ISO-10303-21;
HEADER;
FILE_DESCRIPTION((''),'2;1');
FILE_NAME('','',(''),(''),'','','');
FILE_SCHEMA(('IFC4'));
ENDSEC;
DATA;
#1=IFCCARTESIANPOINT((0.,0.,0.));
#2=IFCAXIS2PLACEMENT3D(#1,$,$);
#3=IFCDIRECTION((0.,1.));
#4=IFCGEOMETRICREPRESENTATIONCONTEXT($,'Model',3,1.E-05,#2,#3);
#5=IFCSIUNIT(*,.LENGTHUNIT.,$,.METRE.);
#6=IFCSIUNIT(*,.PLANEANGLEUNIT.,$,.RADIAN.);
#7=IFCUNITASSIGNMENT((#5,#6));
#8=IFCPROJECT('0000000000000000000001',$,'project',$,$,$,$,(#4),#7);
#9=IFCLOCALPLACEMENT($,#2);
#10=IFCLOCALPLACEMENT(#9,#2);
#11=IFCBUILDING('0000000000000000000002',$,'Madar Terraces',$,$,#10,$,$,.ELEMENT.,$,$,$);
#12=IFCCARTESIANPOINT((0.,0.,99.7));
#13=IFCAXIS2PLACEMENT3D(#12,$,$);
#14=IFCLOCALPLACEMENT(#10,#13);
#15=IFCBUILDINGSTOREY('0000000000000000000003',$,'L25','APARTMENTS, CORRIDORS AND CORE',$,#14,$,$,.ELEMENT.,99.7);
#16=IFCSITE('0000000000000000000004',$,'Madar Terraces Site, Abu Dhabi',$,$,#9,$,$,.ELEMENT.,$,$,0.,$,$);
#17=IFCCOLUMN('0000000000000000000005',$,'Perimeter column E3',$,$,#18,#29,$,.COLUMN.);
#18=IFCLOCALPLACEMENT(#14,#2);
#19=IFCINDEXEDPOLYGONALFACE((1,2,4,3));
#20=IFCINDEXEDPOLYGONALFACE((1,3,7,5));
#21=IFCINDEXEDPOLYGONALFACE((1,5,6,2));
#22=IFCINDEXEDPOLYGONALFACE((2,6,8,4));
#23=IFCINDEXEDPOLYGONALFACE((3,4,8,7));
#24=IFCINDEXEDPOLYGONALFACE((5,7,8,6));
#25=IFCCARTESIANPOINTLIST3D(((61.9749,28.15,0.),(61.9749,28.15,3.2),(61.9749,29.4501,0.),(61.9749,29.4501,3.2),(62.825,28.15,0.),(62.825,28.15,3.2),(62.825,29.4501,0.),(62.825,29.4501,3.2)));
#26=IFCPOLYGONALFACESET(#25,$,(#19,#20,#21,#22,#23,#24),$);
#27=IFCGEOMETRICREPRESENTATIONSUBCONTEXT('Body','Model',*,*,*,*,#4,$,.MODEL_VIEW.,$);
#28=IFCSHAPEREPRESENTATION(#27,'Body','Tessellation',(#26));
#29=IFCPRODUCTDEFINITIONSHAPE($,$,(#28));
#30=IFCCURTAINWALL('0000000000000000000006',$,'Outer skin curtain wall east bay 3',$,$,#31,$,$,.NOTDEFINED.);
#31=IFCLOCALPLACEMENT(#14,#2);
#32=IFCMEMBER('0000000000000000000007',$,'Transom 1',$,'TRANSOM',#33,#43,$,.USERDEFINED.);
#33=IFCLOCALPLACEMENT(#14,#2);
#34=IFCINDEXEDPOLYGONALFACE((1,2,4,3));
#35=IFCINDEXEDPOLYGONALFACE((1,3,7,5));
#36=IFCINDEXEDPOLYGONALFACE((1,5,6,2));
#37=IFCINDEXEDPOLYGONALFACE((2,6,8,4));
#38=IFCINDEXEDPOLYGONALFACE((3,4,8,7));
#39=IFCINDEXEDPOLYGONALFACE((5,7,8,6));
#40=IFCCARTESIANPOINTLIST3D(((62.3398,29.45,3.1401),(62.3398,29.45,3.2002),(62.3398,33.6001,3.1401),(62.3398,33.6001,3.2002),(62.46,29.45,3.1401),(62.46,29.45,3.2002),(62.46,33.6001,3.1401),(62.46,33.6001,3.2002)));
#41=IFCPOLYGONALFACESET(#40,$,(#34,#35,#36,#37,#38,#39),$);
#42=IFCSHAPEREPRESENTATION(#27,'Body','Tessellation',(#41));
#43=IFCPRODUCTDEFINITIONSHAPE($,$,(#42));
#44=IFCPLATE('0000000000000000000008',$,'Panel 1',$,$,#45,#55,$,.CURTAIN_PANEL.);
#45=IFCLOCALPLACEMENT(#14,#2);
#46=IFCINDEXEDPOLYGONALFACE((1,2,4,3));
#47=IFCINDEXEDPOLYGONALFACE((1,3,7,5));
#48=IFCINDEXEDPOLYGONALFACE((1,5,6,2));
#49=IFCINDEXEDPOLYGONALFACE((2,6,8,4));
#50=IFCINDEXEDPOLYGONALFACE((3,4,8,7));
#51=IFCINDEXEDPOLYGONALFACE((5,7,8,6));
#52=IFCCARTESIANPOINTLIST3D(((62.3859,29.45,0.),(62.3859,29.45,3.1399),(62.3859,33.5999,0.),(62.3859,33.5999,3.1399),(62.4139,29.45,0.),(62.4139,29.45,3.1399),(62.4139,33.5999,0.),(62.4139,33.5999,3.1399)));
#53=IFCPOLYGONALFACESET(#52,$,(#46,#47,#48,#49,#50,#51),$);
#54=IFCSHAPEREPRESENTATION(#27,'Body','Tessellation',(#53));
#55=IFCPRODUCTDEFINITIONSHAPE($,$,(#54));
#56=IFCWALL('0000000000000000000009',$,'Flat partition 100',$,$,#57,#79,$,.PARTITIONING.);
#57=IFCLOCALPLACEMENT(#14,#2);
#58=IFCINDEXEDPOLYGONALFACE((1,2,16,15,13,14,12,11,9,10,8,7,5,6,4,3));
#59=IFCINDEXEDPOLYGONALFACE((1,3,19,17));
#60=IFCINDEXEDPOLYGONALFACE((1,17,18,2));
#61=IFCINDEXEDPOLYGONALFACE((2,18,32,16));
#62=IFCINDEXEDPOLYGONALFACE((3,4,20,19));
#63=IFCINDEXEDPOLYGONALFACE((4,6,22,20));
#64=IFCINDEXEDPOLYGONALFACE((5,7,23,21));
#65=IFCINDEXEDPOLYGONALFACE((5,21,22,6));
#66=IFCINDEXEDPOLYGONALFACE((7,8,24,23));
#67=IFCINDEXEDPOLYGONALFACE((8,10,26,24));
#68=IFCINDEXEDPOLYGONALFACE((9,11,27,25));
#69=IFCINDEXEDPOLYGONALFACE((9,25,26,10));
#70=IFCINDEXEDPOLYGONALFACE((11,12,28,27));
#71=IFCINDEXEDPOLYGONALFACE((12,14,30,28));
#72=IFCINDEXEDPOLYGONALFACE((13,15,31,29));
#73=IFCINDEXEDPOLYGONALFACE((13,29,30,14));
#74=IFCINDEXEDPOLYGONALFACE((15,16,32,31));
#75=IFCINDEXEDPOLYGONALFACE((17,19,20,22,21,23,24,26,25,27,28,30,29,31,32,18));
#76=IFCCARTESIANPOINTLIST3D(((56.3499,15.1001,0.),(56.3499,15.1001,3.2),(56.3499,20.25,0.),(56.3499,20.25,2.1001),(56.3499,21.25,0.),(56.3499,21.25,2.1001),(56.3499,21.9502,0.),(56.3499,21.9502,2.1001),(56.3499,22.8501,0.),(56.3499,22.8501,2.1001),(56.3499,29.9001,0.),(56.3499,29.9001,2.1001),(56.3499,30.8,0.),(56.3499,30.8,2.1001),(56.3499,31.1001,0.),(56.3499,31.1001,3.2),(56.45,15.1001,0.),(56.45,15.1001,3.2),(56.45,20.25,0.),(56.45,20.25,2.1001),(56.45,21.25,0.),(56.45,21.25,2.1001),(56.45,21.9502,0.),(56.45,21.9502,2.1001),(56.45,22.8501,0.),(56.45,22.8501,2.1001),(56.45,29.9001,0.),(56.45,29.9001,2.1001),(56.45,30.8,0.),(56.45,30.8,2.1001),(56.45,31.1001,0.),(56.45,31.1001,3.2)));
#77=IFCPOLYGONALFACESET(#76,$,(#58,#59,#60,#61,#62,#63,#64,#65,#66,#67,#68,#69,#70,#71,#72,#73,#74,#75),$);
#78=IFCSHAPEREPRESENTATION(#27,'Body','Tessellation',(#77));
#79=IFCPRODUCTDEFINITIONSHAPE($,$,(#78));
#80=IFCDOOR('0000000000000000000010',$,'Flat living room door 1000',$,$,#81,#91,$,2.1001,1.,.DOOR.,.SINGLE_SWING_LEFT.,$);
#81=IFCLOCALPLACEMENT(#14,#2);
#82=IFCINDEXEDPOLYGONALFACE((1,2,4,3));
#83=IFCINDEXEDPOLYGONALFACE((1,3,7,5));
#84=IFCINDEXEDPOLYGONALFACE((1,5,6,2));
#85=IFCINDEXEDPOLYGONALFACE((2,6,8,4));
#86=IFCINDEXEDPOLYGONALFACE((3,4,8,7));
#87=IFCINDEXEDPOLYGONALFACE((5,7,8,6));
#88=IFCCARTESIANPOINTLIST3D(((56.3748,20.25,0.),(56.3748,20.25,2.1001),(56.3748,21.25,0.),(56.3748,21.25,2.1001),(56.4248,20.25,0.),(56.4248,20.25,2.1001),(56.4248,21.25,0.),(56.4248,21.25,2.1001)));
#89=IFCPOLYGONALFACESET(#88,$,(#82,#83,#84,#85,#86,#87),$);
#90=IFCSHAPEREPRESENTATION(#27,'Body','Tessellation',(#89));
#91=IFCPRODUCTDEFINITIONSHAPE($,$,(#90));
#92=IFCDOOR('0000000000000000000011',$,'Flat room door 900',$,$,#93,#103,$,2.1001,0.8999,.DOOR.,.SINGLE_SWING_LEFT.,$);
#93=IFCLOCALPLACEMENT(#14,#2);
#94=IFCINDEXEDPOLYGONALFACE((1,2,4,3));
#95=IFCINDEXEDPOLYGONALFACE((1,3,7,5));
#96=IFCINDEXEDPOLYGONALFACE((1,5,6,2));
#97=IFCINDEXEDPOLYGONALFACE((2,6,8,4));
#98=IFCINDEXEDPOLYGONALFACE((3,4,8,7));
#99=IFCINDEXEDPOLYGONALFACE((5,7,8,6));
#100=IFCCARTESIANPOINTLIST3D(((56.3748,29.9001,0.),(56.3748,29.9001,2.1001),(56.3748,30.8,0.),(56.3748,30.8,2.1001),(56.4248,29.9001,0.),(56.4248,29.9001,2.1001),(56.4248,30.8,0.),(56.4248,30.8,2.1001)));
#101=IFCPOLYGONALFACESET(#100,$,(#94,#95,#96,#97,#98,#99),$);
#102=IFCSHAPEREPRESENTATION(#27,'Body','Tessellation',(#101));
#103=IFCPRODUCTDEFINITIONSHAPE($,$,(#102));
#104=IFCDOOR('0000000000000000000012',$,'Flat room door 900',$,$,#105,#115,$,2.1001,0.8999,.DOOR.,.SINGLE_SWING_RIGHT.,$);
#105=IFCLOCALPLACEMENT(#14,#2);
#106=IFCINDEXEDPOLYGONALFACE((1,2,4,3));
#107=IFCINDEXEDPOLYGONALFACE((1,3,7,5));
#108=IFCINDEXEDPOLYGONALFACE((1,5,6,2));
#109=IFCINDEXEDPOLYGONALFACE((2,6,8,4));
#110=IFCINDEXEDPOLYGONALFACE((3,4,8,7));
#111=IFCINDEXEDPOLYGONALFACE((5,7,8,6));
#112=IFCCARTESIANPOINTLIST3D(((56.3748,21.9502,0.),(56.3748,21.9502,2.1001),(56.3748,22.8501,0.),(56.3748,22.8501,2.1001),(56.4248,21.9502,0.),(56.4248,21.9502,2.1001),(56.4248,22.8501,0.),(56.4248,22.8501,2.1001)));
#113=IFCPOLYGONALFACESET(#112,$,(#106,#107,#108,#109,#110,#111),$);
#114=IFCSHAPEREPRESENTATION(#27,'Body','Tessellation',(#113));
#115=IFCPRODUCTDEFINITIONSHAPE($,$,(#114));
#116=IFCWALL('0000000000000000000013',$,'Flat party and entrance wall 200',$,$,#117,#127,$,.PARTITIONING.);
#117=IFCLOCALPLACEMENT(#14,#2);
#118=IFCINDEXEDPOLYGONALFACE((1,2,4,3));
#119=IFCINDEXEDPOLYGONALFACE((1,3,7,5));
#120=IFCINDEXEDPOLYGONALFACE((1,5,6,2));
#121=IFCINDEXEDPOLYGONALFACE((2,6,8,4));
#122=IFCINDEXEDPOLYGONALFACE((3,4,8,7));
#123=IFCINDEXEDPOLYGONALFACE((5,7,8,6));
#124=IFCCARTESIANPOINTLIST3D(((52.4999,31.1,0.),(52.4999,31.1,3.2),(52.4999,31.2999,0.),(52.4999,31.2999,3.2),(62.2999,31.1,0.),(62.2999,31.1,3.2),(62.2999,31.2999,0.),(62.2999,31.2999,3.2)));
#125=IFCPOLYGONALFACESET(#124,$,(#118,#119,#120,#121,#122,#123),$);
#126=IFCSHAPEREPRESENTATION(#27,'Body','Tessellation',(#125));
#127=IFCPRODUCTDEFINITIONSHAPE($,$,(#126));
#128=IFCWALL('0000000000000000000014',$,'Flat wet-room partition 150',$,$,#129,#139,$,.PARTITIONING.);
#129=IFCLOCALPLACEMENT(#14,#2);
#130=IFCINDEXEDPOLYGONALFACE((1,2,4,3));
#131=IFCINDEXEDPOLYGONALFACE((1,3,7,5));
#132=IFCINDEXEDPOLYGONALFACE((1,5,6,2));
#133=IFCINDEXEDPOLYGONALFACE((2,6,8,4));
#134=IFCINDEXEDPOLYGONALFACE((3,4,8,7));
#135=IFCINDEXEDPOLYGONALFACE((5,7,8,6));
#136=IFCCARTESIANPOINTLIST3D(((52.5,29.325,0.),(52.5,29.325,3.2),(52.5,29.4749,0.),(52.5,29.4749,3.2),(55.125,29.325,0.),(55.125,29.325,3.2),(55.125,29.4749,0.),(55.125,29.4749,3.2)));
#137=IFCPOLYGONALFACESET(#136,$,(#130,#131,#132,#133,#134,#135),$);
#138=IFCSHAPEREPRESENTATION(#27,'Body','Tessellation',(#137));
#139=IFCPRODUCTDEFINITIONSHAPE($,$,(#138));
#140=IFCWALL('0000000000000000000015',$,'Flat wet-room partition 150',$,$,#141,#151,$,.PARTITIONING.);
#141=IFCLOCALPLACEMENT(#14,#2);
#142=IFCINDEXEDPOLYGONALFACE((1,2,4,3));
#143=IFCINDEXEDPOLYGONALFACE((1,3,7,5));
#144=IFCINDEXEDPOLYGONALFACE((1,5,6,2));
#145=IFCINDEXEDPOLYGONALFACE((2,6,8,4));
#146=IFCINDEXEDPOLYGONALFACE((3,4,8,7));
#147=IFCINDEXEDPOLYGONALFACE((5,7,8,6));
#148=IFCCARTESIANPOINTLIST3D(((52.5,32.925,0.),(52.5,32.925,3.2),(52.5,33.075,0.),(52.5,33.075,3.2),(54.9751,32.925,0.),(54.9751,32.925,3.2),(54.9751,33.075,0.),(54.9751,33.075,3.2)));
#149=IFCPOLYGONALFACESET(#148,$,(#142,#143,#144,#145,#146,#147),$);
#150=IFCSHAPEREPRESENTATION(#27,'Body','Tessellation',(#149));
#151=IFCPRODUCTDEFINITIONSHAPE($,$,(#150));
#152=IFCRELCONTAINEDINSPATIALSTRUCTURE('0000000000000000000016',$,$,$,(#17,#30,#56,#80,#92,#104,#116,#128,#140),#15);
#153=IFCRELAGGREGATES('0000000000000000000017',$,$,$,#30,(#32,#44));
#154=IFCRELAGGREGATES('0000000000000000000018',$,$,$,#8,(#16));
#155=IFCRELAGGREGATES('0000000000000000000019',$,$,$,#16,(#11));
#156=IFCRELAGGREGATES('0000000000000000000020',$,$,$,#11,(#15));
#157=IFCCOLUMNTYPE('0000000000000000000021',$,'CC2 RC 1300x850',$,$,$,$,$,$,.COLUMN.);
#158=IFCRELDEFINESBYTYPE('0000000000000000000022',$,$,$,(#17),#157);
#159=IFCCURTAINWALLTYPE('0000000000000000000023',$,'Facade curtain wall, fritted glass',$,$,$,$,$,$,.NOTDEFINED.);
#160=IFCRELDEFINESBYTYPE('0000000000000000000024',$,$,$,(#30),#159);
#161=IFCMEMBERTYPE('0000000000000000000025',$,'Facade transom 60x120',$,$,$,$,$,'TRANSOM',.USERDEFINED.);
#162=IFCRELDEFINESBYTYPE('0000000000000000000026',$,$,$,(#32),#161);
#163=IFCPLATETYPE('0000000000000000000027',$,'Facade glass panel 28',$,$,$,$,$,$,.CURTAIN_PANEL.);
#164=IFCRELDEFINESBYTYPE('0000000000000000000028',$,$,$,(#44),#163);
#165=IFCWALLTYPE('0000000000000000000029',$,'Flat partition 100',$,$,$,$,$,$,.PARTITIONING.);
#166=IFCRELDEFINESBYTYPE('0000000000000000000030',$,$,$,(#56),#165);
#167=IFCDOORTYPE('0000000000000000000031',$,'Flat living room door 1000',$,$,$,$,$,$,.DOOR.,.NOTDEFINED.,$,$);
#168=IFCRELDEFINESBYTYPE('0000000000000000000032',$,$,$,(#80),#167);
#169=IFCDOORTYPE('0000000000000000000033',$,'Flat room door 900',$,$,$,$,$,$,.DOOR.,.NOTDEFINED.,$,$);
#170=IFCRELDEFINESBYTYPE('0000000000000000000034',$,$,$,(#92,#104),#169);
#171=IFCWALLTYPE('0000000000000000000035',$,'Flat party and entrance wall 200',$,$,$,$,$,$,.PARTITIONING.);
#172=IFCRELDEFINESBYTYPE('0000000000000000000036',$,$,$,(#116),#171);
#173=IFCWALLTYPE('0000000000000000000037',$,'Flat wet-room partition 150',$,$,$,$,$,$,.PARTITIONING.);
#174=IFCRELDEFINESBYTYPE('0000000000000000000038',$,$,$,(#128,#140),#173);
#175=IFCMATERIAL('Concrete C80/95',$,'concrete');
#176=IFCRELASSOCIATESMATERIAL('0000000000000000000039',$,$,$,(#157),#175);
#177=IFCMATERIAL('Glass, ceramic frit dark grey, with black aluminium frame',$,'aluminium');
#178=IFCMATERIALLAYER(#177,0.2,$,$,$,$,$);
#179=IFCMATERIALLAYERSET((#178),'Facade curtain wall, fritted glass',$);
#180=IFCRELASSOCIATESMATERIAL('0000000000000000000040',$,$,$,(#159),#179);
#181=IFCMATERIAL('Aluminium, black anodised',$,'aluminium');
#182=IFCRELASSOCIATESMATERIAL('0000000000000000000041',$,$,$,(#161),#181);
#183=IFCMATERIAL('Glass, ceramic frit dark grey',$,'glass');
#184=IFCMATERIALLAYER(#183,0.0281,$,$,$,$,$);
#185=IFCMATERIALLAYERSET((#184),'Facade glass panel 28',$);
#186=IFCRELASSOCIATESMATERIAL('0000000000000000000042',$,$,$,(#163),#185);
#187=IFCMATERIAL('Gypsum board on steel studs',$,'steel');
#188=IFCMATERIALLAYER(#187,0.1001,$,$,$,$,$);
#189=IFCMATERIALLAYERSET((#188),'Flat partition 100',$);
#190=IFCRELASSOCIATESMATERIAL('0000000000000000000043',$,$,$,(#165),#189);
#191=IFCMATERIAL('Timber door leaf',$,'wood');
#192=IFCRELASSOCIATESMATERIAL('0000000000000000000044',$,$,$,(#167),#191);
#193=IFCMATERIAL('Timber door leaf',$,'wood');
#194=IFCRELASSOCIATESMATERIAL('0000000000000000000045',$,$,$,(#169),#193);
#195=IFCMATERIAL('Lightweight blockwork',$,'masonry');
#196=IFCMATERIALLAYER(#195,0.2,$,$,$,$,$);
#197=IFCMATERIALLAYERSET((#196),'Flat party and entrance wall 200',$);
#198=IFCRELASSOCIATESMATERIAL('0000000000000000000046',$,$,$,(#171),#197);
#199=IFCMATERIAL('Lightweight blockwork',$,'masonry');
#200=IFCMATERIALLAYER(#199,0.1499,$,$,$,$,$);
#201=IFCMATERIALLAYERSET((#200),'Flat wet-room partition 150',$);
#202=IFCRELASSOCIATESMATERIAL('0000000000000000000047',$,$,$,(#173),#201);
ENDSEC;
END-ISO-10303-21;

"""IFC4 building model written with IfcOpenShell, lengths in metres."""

from ifc_helpers import new_model, si_unit, direction, frame, frame_2d, origin, origin_2d, place, context, subcontext, project, spatial, rectangle, extrude, material, layer, layer_set, material_profile, profile_set, type_object, element, fill, aggregate, save


model = new_model("IFC4")

# Units and contexts
model_context = context("Model", 3, precision=1e-05, world=origin(), true_north=direction((0.0, 1.0)))
body_context = subcontext(model_context, "Body", "Model", "MODEL_VIEW")
ifc_project = project(units=[si_unit("LENGTHUNIT", "METRE"), si_unit("PLANEANGLEUNIT", "RADIAN")], contexts=[model_context])

# Site, building, storey
site_placement = place(None, origin())
site = spatial("IfcSite", under=ifc_project, at=site_placement, Name="Madar Terraces Site, Abu Dhabi", CompositionType="ELEMENT", RefElevation=0.0)
building_placement = place(site_placement, origin())
building = spatial("IfcBuilding", under=site, at=building_placement, Name="Madar Terraces", CompositionType="ELEMENT")
storey_placement = place(building_placement, frame((0.0, 0.0, 99.7)))
storey = spatial("IfcBuildingStorey", under=building, at=storey_placement, Name="L25", Description="APARTMENTS, CORRIDORS AND CORE", CompositionType="ELEMENT", Elevation=99.7)

# Column
ifc_material_1 = material(Name="Concrete C80/95", Category="concrete")
ifc_material_profile_1 = material_profile(ifc_material_1, rectangle(XDim=1.3, YDim=0.8501, at=origin_2d()), Name="CC2 RC 1300x850")
ifc_profile_set_1 = profile_set([ifc_material_profile_1], Name="Concrete C80/95")
column_type = type_object("IfcColumnType", Name="CC2 RC 1300x850", PredefinedType="COLUMN", material=ifc_profile_set_1)
column_placement = place(storey_placement, frame((62.3999, 28.8, 0.0), z_axis=(0.0, 0.0, 1.0), x_axis=(0.0, 1.0, 0.0)))
element("IfcColumn", 1, at=column_placement, inside=storey, type_object=column_type, Name="Perimeter column E3", PredefinedType="COLUMN", context=body_context, shape_type="SweptSolid", body=[
    extrude(rectangle(XDim=1.3, YDim=0.8501, at=origin_2d()), origin(), (0.0, 0.0, 1.0), 3.2),
])

# Curtain wall, member, plate
ifc_material_2 = material(Name="Glass, ceramic frit dark grey, with black aluminium frame", Category="aluminium")
ifc_layer_1 = layer(ifc_material_2, 0.2)
ifc_layer_set_1 = layer_set([ifc_layer_1], Name="Facade curtain wall, fritted glass")
curtain_wall_type = type_object("IfcCurtainWallType", Name="Facade curtain wall, fritted glass", PredefinedType="NOTDEFINED", material=ifc_layer_set_1)
curtain_wall_placement = place(storey_placement, origin())
curtain_wall = element("IfcCurtainWall", 2, at=curtain_wall_placement, inside=storey, type_object=curtain_wall_type, Name="Outer skin curtain wall east bay 3", PredefinedType="NOTDEFINED")
ifc_material_3 = material(Name="Aluminium, black anodised", Category="aluminium")
ifc_material_profile_2 = material_profile(ifc_material_3, rectangle(XDim=0.1201, YDim=0.0601, at=origin_2d()), Name="Facade transom 60x120")
ifc_profile_set_2 = profile_set([ifc_material_profile_2], Name="Aluminium, black anodised")
member_type = type_object("IfcMemberType", Name="Facade transom 60x120", ElementType="TRANSOM", PredefinedType="USERDEFINED", material=ifc_profile_set_2)
member_placement = place(storey_placement, frame((62.3999, 29.45, 3.1702), z_axis=(0.0, 1.0, 0.0), x_axis=(-1.0, 0.0, 0.0)))
member = element("IfcMember", 3, at=member_placement, type_object=member_type, Name="Transom 1", ObjectType="TRANSOM", PredefinedType="USERDEFINED", context=body_context, shape_type="SweptSolid", body=[
    extrude(rectangle(XDim=0.1201, YDim=0.0601, at=origin_2d()), origin(), (0.0, 0.0, 1.0), 4.1501),
])
ifc_material_4 = material(Name="Glass, ceramic frit dark grey", Category="glass")
ifc_layer_2 = layer(ifc_material_4, 0.0281)
ifc_layer_set_2 = layer_set([ifc_layer_2], Name="Facade glass panel 28")
plate_type = type_object("IfcPlateType", Name="Facade glass panel 28", PredefinedType="CURTAIN_PANEL", material=ifc_layer_set_2)
plate_placement = place(storey_placement, frame((62.3999, 31.5249, 0.0), z_axis=(0.0, 0.0, 1.0), x_axis=(0.0, 1.0, 0.0)))
plate = element("IfcPlate", 4, at=plate_placement, type_object=plate_type, Name="Panel 1", PredefinedType="CURTAIN_PANEL", context=body_context, shape_type="SweptSolid", body=[
    extrude(rectangle(XDim=4.1499, YDim=0.0281, at=origin_2d()), origin(), (0.0, 0.0, 1.0), 3.1399),
])
aggregate(curtain_wall, [member, plate])

# Wall, openings, doors
ifc_material_5 = material(Name="Gypsum board on steel studs", Category="steel")
ifc_layer_3 = layer(ifc_material_5, 0.1001)
ifc_layer_set_3 = layer_set([ifc_layer_3], Name="Flat partition 100")
wall_type_1 = type_object("IfcWallType", Name="Flat partition 100", PredefinedType="PARTITIONING", material=ifc_layer_set_3)
wall_1_placement = place(storey_placement, frame((56.3999, 31.1001, 0.0), z_axis=(0.0, 0.0, 1.0), x_axis=(0.0, -1.0, 0.0)))
wall_1 = element("IfcWall", 5, at=wall_1_placement, inside=storey, type_object=wall_type_1, Name="Flat partition 100", PredefinedType="PARTITIONING", context=body_context, shape_type="SweptSolid", body=[
    extrude(rectangle(XDim=16.0, YDim=0.1001, at=frame_2d((8.0, 0.0))), origin(), (0.0, 0.0, 1.0), 3.2),
])
opening_1_placement = place(wall_1_placement, frame((0.3, 0.0, 0.0)))
opening_1 = element("IfcOpeningElement", 6, at=opening_1_placement, cuts=wall_1, PredefinedType="OPENING", context=body_context, shape_type="SweptSolid", body=[
    extrude(rectangle(XDim=0.8999, YDim=2.1001, at=frame_2d((0.45, 1.05))), frame((0.0, 0.0601, 0.0), z_axis=(0.0, -1.0, 0.0), x_axis=(1.0, 0.0, 0.0)), (0.0, 0.0, 1.0), 0.1201),
])
opening_2_placement = place(wall_1_placement, frame((8.25, 0.0, 0.0)))
opening_2 = element("IfcOpeningElement", 7, at=opening_2_placement, cuts=wall_1, PredefinedType="OPENING", context=body_context, shape_type="SweptSolid", body=[
    extrude(rectangle(XDim=0.8999, YDim=2.1001, at=frame_2d((0.45, 1.05))), frame((0.0, 0.0601, 0.0), z_axis=(0.0, -1.0, 0.0), x_axis=(1.0, 0.0, 0.0)), (0.0, 0.0, 1.0), 0.1201),
])
opening_3_placement = place(wall_1_placement, frame((9.8501, 0.0, 0.0)))
opening_3 = element("IfcOpeningElement", 8, at=opening_3_placement, cuts=wall_1, PredefinedType="OPENING", context=body_context, shape_type="SweptSolid", body=[
    extrude(rectangle(XDim=1.0, YDim=2.1001, at=frame_2d((0.5, 1.05))), frame((0.0, 0.0601, 0.0), z_axis=(0.0, -1.0, 0.0), x_axis=(1.0, 0.0, 0.0)), (0.0, 0.0, 1.0), 0.1201),
])
ifc_material_6 = material(Name="Timber door leaf", Category="wood")
door_type_1 = type_object("IfcDoorType", Name="Flat living room door 1000", OperationType="NOTDEFINED", PredefinedType="DOOR", material=ifc_material_6)
door_1_placement = place(opening_3_placement, origin())
door_1 = element("IfcDoor", 9, at=door_1_placement, inside=storey, type_object=door_type_1, Name="Flat living room door 1000", OperationType="SINGLE_SWING_LEFT", OverallHeight=2.1001, OverallWidth=1.0, PredefinedType="DOOR", context=body_context, shape_type="SweptSolid", body=[
    extrude(rectangle(XDim=1.0, YDim=2.1001, at=frame_2d((0.5, 1.05))), frame((0.0, 0.0249, 0.0), z_axis=(0.0, -1.0, 0.0), x_axis=(1.0, 0.0, 0.0)), (0.0, 0.0, 1.0), 0.05),
])
fill(opening_3, door_1)
ifc_material_7 = material(Name="Timber door leaf", Category="wood")
door_type_2 = type_object("IfcDoorType", Name="Flat room door 900", OperationType="NOTDEFINED", PredefinedType="DOOR", material=ifc_material_7)
door_2_placement = place(opening_1_placement, origin())
door_2 = element("IfcDoor", 10, at=door_2_placement, inside=storey, type_object=door_type_2, Name="Flat room door 900", OperationType="SINGLE_SWING_LEFT", OverallHeight=2.1001, OverallWidth=0.8999, PredefinedType="DOOR", context=body_context, shape_type="SweptSolid", body=[
    extrude(rectangle(XDim=0.8999, YDim=2.1001, at=frame_2d((0.45, 1.05))), frame((0.0, 0.0249, 0.0), z_axis=(0.0, -1.0, 0.0), x_axis=(1.0, 0.0, 0.0)), (0.0, 0.0, 1.0), 0.05),
])
fill(opening_1, door_2)
door_3_placement = place(opening_2_placement, origin())
door_3 = element("IfcDoor", 11, at=door_3_placement, inside=storey, type_object=door_type_2, Name="Flat room door 900", OperationType="SINGLE_SWING_RIGHT", OverallHeight=2.1001, OverallWidth=0.8999, PredefinedType="DOOR", context=body_context, shape_type="SweptSolid", body=[
    extrude(rectangle(XDim=0.8999, YDim=2.1001, at=frame_2d((0.45, 1.05))), frame((0.0, 0.0249, 0.0), z_axis=(0.0, -1.0, 0.0), x_axis=(1.0, 0.0, 0.0)), (0.0, 0.0, 1.0), 0.05),
])
fill(opening_2, door_3)

# Walls
ifc_material_8 = material(Name="Lightweight blockwork", Category="masonry")
ifc_layer_4 = layer(ifc_material_8, 0.2)
ifc_layer_set_4 = layer_set([ifc_layer_4], Name="Flat party and entrance wall 200")
wall_type_2 = type_object("IfcWallType", Name="Flat party and entrance wall 200", PredefinedType="PARTITIONING", material=ifc_layer_set_4)
wall_2_placement = place(storey_placement, frame((52.5, 31.2, 0.0), z_axis=(0.0, 0.0, 1.0), x_axis=(1.0, 0.0, 0.0)))
element("IfcWall", 12, at=wall_2_placement, inside=storey, type_object=wall_type_2, Name="Flat party and entrance wall 200", PredefinedType="PARTITIONING", context=body_context, shape_type="SweptSolid", body=[
    extrude(rectangle(XDim=9.8, YDim=0.2, at=frame_2d((4.8999, 0.0))), origin(), (0.0, 0.0, 1.0), 3.2),
])
ifc_material_9 = material(Name="Lightweight blockwork", Category="masonry")
ifc_layer_5 = layer(ifc_material_9, 0.1499)
ifc_layer_set_5 = layer_set([ifc_layer_5], Name="Flat wet-room partition 150")
wall_type_3 = type_object("IfcWallType", Name="Flat wet-room partition 150", PredefinedType="PARTITIONING", material=ifc_layer_set_5)
wall_3_placement = place(storey_placement, frame((52.5, 29.3999, 0.0), z_axis=(0.0, 0.0, 1.0), x_axis=(1.0, 0.0, 0.0)))
element("IfcWall", 13, at=wall_3_placement, inside=storey, type_object=wall_type_3, Name="Flat wet-room partition 150", PredefinedType="PARTITIONING", context=body_context, shape_type="SweptSolid", body=[
    extrude(rectangle(XDim=2.625, YDim=0.1499, at=frame_2d((1.3125, 0.0))), origin(), (0.0, 0.0, 1.0), 3.2),
])
wall_4_placement = place(storey_placement, frame((52.5, 33.0, 0.0), z_axis=(0.0, 0.0, 1.0), x_axis=(1.0, 0.0, 0.0)))
element("IfcWall", 14, at=wall_4_placement, inside=storey, type_object=wall_type_3, Name="Flat wet-room partition 150", PredefinedType="PARTITIONING", context=body_context, shape_type="SweptSolid", body=[
    extrude(rectangle(XDim=2.4751, YDim=0.1499, at=frame_2d((1.2375, 0.0))), origin(), (0.0, 0.0, 1.0), 3.2),
])

save(model, "model.ifc")
